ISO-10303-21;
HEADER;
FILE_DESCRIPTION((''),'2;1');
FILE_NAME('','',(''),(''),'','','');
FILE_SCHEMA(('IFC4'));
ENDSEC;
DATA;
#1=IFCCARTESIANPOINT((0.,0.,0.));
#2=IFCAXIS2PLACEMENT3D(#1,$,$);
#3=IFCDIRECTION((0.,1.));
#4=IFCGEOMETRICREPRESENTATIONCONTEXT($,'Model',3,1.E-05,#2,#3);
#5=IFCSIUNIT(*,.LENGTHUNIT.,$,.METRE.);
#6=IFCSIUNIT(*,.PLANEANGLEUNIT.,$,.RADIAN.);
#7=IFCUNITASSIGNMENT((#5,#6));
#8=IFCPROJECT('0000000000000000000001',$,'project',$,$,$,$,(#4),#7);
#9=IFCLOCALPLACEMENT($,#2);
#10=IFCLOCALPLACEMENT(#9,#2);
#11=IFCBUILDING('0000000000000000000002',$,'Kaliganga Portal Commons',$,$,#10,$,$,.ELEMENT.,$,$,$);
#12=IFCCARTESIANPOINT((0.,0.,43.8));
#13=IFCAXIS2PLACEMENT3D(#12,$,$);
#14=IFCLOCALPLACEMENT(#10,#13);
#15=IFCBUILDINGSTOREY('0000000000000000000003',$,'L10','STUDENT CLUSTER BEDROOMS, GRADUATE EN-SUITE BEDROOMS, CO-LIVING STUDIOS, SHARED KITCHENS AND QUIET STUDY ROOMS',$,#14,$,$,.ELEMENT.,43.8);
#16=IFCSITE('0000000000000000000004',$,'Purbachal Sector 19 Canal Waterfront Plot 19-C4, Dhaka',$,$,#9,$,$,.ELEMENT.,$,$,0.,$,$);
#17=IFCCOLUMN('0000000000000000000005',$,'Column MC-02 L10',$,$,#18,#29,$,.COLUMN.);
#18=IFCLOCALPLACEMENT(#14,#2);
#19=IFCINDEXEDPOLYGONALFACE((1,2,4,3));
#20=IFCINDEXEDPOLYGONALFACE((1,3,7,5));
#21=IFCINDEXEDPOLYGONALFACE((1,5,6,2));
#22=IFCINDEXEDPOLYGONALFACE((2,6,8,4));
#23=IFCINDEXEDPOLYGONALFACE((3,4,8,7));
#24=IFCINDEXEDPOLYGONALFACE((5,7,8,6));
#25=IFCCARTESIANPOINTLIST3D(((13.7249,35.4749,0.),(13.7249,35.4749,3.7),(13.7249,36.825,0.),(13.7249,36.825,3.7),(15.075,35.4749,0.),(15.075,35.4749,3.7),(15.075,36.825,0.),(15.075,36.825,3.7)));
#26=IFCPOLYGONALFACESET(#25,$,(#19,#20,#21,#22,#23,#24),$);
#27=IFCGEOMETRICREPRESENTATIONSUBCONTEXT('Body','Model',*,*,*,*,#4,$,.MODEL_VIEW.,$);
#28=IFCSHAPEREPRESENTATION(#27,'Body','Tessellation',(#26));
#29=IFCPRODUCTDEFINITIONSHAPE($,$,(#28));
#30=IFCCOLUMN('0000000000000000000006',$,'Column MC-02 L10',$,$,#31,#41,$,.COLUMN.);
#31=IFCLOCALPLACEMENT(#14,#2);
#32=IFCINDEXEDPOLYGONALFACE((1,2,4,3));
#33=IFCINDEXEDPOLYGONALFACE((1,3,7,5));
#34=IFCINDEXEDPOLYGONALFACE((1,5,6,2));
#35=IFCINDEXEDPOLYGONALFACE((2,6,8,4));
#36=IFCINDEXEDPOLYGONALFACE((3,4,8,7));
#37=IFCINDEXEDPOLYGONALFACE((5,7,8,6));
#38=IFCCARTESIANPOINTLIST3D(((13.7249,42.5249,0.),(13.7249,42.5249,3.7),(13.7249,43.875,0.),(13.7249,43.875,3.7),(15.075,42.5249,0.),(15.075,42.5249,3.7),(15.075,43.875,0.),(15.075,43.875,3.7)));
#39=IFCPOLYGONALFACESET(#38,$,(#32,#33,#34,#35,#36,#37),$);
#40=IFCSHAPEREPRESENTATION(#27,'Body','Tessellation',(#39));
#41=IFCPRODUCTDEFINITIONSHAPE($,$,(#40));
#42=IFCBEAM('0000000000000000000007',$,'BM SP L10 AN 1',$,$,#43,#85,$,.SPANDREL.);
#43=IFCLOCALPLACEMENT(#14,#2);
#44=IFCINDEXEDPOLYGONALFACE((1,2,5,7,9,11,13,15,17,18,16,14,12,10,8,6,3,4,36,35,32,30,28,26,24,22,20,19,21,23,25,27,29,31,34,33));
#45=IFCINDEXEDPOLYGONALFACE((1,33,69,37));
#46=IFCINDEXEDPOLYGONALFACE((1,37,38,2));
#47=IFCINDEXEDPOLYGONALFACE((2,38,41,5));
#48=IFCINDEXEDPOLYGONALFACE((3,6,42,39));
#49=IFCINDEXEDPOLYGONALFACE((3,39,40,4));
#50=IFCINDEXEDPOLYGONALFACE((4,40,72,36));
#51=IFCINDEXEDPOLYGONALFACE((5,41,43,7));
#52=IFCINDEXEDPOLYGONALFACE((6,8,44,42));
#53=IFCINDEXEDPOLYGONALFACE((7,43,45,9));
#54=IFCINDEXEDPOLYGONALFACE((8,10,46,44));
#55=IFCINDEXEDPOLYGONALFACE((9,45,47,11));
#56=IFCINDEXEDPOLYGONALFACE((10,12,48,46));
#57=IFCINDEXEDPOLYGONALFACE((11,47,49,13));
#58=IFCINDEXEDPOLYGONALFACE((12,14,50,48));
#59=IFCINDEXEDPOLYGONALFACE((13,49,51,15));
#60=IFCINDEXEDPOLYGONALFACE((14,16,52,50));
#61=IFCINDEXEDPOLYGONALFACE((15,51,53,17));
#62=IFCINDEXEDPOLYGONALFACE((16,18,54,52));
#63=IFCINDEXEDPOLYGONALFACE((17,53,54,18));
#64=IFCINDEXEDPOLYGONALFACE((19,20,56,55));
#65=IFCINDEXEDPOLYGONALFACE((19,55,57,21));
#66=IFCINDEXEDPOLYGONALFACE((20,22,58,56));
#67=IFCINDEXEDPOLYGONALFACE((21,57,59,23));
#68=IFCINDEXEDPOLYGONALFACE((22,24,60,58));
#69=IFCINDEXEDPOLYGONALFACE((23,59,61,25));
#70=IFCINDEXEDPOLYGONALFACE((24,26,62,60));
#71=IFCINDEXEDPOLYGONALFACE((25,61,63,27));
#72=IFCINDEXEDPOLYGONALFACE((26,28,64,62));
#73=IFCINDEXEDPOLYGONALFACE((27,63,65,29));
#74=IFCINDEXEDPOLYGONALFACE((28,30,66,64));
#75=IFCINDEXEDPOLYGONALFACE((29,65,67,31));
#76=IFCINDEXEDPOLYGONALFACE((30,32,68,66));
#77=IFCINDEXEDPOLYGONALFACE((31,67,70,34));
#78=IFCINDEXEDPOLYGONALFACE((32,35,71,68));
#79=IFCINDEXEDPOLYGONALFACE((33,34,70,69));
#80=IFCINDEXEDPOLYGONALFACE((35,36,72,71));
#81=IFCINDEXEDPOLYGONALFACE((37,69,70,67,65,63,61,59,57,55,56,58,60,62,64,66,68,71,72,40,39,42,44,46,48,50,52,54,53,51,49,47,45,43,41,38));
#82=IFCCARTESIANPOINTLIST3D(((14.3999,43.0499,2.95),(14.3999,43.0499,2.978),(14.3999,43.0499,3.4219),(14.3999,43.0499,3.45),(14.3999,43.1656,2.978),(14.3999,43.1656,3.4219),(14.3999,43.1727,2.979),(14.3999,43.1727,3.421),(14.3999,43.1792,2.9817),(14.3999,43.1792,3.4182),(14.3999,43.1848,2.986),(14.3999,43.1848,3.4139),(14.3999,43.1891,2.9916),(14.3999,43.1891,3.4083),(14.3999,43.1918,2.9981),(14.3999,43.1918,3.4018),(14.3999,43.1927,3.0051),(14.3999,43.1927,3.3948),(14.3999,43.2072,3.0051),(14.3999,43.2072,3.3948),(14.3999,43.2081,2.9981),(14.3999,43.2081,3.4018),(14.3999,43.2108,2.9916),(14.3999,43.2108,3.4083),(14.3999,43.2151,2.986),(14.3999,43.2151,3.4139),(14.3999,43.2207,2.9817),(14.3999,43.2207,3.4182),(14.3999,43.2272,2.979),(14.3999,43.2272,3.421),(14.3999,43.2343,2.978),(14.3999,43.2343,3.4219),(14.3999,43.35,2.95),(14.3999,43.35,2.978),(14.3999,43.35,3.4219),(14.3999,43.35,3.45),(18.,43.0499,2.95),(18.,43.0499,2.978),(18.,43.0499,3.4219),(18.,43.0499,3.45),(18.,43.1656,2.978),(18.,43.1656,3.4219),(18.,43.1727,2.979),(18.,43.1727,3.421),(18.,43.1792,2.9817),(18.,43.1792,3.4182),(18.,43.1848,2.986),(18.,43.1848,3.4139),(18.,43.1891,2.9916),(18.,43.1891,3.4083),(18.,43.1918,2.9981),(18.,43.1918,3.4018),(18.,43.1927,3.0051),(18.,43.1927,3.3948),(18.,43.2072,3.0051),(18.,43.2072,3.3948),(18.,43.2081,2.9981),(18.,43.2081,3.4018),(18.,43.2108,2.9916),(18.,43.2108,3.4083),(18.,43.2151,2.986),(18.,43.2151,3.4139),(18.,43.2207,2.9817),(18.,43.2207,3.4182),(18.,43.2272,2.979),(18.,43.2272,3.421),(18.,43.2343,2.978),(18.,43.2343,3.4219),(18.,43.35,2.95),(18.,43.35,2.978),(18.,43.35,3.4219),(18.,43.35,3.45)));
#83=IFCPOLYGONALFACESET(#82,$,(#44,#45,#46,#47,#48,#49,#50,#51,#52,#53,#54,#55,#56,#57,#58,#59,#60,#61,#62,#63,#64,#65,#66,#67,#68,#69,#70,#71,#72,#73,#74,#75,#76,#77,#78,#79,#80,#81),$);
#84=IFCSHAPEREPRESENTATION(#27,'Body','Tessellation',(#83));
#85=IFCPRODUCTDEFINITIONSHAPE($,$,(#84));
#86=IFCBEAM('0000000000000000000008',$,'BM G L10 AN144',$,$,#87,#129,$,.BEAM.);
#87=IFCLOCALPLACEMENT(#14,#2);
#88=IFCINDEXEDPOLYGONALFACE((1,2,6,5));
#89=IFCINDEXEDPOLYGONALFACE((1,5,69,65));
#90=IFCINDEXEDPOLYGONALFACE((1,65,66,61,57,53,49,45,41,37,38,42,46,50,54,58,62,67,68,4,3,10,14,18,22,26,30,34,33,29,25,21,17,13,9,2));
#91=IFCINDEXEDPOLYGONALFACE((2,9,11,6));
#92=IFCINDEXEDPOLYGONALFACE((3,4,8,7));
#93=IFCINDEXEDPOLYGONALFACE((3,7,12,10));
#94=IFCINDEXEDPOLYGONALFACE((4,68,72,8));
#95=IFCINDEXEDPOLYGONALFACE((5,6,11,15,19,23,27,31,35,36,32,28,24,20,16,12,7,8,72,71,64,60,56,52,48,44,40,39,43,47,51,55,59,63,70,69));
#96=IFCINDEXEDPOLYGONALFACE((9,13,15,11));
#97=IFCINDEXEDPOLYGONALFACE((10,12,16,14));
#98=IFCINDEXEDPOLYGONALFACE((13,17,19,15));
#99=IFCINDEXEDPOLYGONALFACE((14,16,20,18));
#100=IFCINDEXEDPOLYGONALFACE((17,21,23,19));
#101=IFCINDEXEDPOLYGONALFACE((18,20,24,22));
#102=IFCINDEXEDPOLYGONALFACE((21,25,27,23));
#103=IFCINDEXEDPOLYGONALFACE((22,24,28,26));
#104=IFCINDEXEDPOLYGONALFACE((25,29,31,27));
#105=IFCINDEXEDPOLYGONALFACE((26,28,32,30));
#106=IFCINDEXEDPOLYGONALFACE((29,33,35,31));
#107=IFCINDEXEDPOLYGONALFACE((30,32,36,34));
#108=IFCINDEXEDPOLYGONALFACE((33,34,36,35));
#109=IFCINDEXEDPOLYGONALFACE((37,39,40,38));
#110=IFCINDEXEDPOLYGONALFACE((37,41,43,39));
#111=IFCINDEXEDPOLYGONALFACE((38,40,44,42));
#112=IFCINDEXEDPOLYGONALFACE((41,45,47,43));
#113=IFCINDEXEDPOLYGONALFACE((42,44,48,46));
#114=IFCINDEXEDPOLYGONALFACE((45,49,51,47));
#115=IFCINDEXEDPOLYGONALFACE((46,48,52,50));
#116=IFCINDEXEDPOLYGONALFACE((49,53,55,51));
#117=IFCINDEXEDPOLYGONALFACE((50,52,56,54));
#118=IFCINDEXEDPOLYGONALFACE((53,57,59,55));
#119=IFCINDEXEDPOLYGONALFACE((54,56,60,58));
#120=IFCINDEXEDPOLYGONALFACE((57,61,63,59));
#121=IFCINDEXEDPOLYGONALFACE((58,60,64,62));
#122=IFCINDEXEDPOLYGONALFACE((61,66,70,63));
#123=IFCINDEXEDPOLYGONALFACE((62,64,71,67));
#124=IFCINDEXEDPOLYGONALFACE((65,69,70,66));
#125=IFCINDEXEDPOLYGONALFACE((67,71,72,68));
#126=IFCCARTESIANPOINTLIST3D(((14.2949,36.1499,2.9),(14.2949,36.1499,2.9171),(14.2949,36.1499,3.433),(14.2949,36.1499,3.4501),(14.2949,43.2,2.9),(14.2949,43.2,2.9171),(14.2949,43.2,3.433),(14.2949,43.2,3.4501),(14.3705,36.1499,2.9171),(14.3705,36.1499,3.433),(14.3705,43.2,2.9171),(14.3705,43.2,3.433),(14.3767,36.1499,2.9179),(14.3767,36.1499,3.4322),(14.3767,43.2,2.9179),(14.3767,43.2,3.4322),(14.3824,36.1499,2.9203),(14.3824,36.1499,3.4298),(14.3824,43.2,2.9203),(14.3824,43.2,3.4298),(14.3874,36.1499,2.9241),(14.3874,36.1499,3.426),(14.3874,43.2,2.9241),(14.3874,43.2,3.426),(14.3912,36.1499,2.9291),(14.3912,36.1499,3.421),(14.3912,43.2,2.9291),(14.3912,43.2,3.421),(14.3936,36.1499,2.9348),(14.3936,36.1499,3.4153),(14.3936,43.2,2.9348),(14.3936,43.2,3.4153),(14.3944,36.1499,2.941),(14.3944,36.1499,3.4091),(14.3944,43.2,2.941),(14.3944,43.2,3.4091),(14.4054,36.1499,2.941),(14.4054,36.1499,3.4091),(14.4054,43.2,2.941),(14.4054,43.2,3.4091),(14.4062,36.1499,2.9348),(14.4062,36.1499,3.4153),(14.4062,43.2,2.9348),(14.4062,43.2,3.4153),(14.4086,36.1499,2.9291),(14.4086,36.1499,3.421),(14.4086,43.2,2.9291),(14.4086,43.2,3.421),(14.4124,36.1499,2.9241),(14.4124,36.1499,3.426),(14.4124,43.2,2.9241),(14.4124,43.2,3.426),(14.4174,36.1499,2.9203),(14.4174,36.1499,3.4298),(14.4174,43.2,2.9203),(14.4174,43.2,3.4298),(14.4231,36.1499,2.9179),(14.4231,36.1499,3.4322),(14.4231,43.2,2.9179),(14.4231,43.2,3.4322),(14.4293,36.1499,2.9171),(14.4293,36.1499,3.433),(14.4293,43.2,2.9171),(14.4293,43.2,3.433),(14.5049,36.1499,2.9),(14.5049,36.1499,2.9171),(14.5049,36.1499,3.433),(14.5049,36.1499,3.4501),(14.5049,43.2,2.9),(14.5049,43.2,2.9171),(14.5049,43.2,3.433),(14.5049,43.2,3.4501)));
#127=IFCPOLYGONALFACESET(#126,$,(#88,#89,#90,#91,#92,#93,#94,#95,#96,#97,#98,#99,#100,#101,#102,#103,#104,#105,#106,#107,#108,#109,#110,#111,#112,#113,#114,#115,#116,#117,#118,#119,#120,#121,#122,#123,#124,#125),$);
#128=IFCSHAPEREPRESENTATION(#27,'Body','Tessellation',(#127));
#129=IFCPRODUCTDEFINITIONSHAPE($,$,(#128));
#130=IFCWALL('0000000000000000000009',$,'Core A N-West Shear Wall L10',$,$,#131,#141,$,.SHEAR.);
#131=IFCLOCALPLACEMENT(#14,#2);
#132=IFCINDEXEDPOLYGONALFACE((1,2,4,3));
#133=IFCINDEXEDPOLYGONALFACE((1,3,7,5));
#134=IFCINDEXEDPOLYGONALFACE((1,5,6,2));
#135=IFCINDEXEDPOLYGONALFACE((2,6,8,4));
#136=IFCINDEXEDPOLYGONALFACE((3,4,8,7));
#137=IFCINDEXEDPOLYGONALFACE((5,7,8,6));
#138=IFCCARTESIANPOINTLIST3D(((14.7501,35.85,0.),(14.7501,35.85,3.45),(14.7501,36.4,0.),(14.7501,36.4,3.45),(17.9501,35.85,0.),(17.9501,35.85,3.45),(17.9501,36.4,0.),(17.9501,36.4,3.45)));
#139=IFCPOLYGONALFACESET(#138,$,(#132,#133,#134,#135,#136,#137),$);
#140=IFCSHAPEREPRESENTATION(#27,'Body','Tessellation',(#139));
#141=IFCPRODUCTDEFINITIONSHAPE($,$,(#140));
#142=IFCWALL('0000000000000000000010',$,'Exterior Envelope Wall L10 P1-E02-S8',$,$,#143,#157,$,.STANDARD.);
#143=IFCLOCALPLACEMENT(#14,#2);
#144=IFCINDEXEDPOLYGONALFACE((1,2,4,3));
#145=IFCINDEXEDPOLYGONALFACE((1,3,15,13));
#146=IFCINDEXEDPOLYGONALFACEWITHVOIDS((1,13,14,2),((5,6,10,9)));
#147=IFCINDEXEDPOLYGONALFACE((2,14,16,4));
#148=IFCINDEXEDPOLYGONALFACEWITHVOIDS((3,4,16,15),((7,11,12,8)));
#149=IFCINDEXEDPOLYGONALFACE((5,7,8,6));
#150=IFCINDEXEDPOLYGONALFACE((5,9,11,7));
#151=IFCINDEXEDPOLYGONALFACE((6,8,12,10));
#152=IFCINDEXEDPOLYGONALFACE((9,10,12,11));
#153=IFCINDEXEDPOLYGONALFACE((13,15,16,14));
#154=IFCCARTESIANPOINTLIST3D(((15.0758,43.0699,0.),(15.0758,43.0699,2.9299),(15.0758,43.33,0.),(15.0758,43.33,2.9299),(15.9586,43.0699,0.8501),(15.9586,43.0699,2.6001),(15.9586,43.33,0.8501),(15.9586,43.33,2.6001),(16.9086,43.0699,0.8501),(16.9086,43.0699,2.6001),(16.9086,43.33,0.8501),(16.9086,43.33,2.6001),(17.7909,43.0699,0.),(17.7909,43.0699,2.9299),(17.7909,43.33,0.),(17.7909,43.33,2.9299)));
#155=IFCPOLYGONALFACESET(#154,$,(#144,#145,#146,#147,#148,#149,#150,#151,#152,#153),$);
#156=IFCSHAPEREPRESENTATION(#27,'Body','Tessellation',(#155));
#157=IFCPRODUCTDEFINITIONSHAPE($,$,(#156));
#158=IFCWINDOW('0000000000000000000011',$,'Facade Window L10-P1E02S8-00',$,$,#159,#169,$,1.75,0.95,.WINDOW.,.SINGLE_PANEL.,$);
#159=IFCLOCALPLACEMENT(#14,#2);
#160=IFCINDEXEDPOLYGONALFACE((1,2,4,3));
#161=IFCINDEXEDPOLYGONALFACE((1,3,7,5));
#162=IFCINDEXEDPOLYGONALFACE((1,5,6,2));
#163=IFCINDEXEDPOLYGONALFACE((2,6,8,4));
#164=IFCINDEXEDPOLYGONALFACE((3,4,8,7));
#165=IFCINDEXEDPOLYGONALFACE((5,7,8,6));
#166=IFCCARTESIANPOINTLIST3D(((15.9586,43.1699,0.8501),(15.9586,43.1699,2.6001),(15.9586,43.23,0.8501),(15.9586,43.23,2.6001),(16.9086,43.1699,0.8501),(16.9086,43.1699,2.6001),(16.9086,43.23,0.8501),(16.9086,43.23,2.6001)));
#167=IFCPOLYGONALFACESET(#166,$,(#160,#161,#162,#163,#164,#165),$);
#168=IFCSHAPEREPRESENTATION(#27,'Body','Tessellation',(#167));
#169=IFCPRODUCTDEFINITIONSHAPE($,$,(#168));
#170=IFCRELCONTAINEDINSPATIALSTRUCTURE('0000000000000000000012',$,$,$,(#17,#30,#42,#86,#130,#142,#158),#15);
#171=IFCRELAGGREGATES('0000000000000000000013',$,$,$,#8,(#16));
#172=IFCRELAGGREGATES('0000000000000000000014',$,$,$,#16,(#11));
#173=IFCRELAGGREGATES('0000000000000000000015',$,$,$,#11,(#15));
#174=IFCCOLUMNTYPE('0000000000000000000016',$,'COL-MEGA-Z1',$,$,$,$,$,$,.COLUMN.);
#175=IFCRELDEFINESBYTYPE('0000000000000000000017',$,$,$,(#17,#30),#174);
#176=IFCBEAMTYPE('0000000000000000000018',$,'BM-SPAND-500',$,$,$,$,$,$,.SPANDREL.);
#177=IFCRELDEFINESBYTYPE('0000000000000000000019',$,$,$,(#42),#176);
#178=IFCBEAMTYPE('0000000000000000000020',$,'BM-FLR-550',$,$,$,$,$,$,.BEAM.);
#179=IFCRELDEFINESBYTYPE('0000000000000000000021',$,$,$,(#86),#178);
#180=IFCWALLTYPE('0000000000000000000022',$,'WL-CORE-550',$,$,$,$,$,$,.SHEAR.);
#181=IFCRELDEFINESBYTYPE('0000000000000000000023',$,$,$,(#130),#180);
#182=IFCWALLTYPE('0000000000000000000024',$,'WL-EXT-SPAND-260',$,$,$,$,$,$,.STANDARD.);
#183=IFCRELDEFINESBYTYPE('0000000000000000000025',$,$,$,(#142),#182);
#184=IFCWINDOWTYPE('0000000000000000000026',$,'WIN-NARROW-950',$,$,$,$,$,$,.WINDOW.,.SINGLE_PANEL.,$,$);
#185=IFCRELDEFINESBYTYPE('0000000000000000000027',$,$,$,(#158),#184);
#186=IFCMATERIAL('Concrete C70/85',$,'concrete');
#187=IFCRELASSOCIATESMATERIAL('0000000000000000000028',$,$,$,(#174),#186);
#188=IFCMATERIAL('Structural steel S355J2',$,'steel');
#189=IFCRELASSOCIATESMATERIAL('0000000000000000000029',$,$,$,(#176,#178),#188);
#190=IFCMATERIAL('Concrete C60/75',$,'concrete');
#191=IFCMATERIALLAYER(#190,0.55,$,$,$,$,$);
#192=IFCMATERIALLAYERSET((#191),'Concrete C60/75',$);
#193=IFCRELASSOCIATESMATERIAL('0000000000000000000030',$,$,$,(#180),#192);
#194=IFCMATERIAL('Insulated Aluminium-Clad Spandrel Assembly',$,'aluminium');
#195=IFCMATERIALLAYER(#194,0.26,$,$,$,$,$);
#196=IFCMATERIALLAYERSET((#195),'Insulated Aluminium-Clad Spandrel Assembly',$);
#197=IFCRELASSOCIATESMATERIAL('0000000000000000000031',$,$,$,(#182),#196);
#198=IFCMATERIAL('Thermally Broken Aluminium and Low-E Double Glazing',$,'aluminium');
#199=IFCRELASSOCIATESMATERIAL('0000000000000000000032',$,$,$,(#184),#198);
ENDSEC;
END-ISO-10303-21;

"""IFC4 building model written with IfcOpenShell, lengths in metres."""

from ifc_helpers import new_model, si_unit, direction, frame, frame_2d, origin, origin_2d, place, context, subcontext, project, spatial, rectangle, i_section, extrude, source, transform, mapped, material, layer, layer_set, material_profile, profile_set, type_object, element, fill, save


model = new_model("IFC4")

# Units and contexts
model_context = context("Model", 3, precision=1e-05, world=origin(), true_north=direction((0.0, 1.0)))
body_context = subcontext(model_context, "Body", "Model", "MODEL_VIEW")
ifc_project = project(units=[si_unit("LENGTHUNIT", "METRE"), si_unit("PLANEANGLEUNIT", "RADIAN")], contexts=[model_context])

# Site, building, storey
site_placement = place(None, origin())
site = spatial("IfcSite", under=ifc_project, at=site_placement, Name="Purbachal Sector 19 Canal Waterfront Plot 19-C4, Dhaka", CompositionType="ELEMENT", RefElevation=0.0)
building_placement = place(site_placement, origin())
building = spatial("IfcBuilding", under=site, at=building_placement, Name="Kaliganga Portal Commons", CompositionType="ELEMENT")
storey_placement = place(building_placement, frame((0.0, 0.0, 43.8)))
storey = spatial("IfcBuildingStorey", under=building, at=storey_placement, Name="L10", Description="STUDENT CLUSTER BEDROOMS, GRADUATE EN-SUITE BEDROOMS, CO-LIVING STUDIOS, SHARED KITCHENS AND QUIET STUDY ROOMS", CompositionType="ELEMENT", Elevation=43.8)

# Columns
ifc_material_1 = material(Name="Concrete C70/85", Category="concrete")
ifc_material_profile_1 = material_profile(ifc_material_1, rectangle(XDim=1.3501, YDim=1.3501, at=origin_2d()), Name="RC 1350x1350")
ifc_profile_set_1 = profile_set([ifc_material_profile_1], Name="Concrete C70/85")
column_type = type_object("IfcColumnType", Name="COL-MEGA-Z1", PredefinedType="COLUMN", material=ifc_profile_set_1)
shared_shape_1 = source(origin(), body_context, "Body", "SweptSolid", [
    extrude(rectangle(XDim=1.3501, YDim=1.3501, at=origin_2d()), origin(), (0.0, 0.0, 1.0), 3.7),
])
for number, where, z_axis, x_axis, name in (
    (1, (14.3999, 36.1499, 0.0), (0.0, 0.0, 1.0), (1.0, 0.0, 0.0), "Column MC-02 L10"),
    (2, (14.3999, 43.2, 0.0), (0.0, 0.0, 1.0), (1.0, 0.0, 0.0), "Column MC-02 L10"),
):
    element("IfcColumn", number, at=place(storey_placement, frame(where, z_axis=z_axis, x_axis=x_axis)), inside=storey, type_object=column_type, Name=name, PredefinedType="COLUMN", context=body_context, shape_type="MappedRepresentation", body=[
        mapped(shared_shape_1, transform((0.0, 0.0, 0.0), x_axis=(1.0, 0.0, 0.0), y_axis=(0.0, 1.0, 0.0), z_axis=(0.0, 0.0, 1.0), scale=1.0)),
    ])

# Beams
ifc_material_2 = material(Name="Structural steel S355J2", Category="steel")
ifc_material_profile_2 = material_profile(ifc_material_2, i_section(OverallWidth=0.3, OverallDepth=0.5, WebThickness=0.0144, FlangeThickness=0.0281, FilletRadius=0.0271, at=origin_2d()), Name="HE 500 B")
ifc_profile_set_2 = profile_set([ifc_material_profile_2], Name="Structural steel S355J2 wide-flange")
beam_type_1 = type_object("IfcBeamType", Name="BM-SPAND-500", PredefinedType="SPANDREL", material=ifc_profile_set_2)
shared_shape_2 = source(origin(), body_context, "Body", "SweptSolid", [
    extrude(i_section(OverallWidth=0.3, OverallDepth=0.5, WebThickness=0.0144, FlangeThickness=0.0281, FilletRadius=0.0271, at=origin_2d()), origin(), (0.0, 0.0, 1.0), 3.6001),
])
beam_1_placement = place(storey_placement, frame((14.3999, 43.2, 3.2), z_axis=(1.0, 0.0, 0.0), x_axis=(0.0, 1.0, 0.0)))
element("IfcBeam", 3, at=beam_1_placement, inside=storey, type_object=beam_type_1, Name="BM SP L10 AN 1", PredefinedType="SPANDREL", context=body_context, shape_type="MappedRepresentation", body=[
    mapped(shared_shape_2, transform((0.0, 0.0, 0.0), x_axis=(1.0, 0.0, 0.0), y_axis=(0.0, 1.0, 0.0), z_axis=(0.0, 0.0, 1.0), scale=1.0)),
])
ifc_material_profile_3 = material_profile(ifc_material_2, i_section(OverallWidth=0.21, OverallDepth=0.55, WebThickness=0.011, FlangeThickness=0.0171, FilletRadius=0.0239, at=origin_2d()), Name="IPE 550")
ifc_profile_set_3 = profile_set([ifc_material_profile_3], Name="Structural steel S355J2 wide-flange")
beam_type_2 = type_object("IfcBeamType", Name="BM-FLR-550", PredefinedType="BEAM", material=ifc_profile_set_3)
shared_shape_3 = source(origin(), body_context, "Body", "SweptSolid", [
    extrude(i_section(OverallWidth=0.21, OverallDepth=0.55, WebThickness=0.011, FlangeThickness=0.0171, FilletRadius=0.0239, at=origin_2d()), origin(), (0.0, 0.0, 1.0), 7.05),
])
beam_2_placement = place(storey_placement, frame((14.3999, 36.1499, 3.175), z_axis=(0.0, 1.0, 0.0), x_axis=(-1.0, 0.0, 0.0)))
element("IfcBeam", 4, at=beam_2_placement, inside=storey, type_object=beam_type_2, Name="BM G L10 AN144", PredefinedType="BEAM", context=body_context, shape_type="MappedRepresentation", body=[
    mapped(shared_shape_3, transform((0.0, 0.0, 0.0), x_axis=(1.0, 0.0, 0.0), y_axis=(0.0, 1.0, 0.0), z_axis=(0.0, 0.0, 1.0), scale=1.0)),
])

# Wall
ifc_material_3 = material(Name="Concrete C60/75", Category="concrete")
ifc_layer_1 = layer(ifc_material_3, 0.55)
ifc_layer_set_1 = layer_set([ifc_layer_1], Name="Concrete C60/75")
wall_type_1 = type_object("IfcWallType", Name="WL-CORE-550", PredefinedType="SHEAR", material=ifc_layer_set_1)
wall_1_placement = place(storey_placement, frame((14.75, 36.125, 0.0), z_axis=(0.0, 0.0, 1.0), x_axis=(1.0, 0.0, 0.0)))
element("IfcWall", 5, at=wall_1_placement, inside=storey, type_object=wall_type_1, Name="Core A N-West Shear Wall L10", PredefinedType="SHEAR", context=body_context, shape_type="SweptSolid", body=[
    extrude(rectangle(XDim=3.2, YDim=0.55, at=frame_2d((1.6001, 0.0))), origin(), (0.0, 0.0, 1.0), 3.45),
])

# Wall, opening, window
ifc_material_4 = material(Name="Insulated Aluminium-Clad Spandrel Assembly", Category="aluminium")
ifc_layer_2 = layer(ifc_material_4, 0.26)
ifc_layer_set_2 = layer_set([ifc_layer_2], Name="Insulated Aluminium-Clad Spandrel Assembly")
wall_type_2 = type_object("IfcWallType", Name="WL-EXT-SPAND-260", PredefinedType="STANDARD", material=ifc_layer_set_2)
wall_2_placement = place(storey_placement, frame((15.0759, 43.2, 0.0), z_axis=(0.0, 0.0, 1.0), x_axis=(1.0, 0.0, 0.0)))
wall_2 = element("IfcWall", 6, at=wall_2_placement, inside=storey, type_object=wall_type_2, Name="Exterior Envelope Wall L10 P1-E02-S8", PredefinedType="STANDARD", context=body_context, shape_type="SweptSolid", body=[
    extrude(rectangle(XDim=2.7151, YDim=0.26, at=frame_2d((1.3574, 0.0))), origin(), (0.0, 0.0, 1.0), 2.9299),
])
opening_1_placement = place(wall_2_placement, frame((0.8826, 0.0, 0.8501)))
opening_1 = element("IfcOpeningElement", 7, at=opening_1_placement, cuts=wall_2, PredefinedType="OPENING", context=body_context, shape_type="SweptSolid", body=[
    extrude(rectangle(XDim=0.95, YDim=1.75, at=frame_2d((0.4751, 0.875))), frame((0.0, 0.1401, 0.0), z_axis=(0.0, -1.0, 0.0), x_axis=(1.0, 0.0, 0.0)), (0.0, 0.0, 1.0), 0.28),
])
ifc_material_5 = material(Name="Thermally Broken Aluminium and Low-E Double Glazing", Category="aluminium")
window_type = type_object("IfcWindowType", Name="WIN-NARROW-950", PartitioningType="SINGLE_PANEL", PredefinedType="WINDOW", material=ifc_material_5)
window_placement = place(opening_1_placement, origin())
window = element("IfcWindow", 8, at=window_placement, inside=storey, type_object=window_type, Name="Facade Window L10-P1E02S8-00", OverallHeight=1.75, OverallWidth=0.95, PartitioningType="SINGLE_PANEL", PredefinedType="WINDOW", context=body_context, shape_type="SweptSolid", body=[
    extrude(rectangle(XDim=0.95, YDim=1.75, at=frame_2d((0.4751, 0.875))), frame((0.0, 0.03, 0.0), z_axis=(0.0, -1.0, 0.0), x_axis=(1.0, 0.0, 0.0)), (0.0, 0.0, 1.0), 0.0601),
])
fill(opening_1, window)

save(model, "model.ifc")
